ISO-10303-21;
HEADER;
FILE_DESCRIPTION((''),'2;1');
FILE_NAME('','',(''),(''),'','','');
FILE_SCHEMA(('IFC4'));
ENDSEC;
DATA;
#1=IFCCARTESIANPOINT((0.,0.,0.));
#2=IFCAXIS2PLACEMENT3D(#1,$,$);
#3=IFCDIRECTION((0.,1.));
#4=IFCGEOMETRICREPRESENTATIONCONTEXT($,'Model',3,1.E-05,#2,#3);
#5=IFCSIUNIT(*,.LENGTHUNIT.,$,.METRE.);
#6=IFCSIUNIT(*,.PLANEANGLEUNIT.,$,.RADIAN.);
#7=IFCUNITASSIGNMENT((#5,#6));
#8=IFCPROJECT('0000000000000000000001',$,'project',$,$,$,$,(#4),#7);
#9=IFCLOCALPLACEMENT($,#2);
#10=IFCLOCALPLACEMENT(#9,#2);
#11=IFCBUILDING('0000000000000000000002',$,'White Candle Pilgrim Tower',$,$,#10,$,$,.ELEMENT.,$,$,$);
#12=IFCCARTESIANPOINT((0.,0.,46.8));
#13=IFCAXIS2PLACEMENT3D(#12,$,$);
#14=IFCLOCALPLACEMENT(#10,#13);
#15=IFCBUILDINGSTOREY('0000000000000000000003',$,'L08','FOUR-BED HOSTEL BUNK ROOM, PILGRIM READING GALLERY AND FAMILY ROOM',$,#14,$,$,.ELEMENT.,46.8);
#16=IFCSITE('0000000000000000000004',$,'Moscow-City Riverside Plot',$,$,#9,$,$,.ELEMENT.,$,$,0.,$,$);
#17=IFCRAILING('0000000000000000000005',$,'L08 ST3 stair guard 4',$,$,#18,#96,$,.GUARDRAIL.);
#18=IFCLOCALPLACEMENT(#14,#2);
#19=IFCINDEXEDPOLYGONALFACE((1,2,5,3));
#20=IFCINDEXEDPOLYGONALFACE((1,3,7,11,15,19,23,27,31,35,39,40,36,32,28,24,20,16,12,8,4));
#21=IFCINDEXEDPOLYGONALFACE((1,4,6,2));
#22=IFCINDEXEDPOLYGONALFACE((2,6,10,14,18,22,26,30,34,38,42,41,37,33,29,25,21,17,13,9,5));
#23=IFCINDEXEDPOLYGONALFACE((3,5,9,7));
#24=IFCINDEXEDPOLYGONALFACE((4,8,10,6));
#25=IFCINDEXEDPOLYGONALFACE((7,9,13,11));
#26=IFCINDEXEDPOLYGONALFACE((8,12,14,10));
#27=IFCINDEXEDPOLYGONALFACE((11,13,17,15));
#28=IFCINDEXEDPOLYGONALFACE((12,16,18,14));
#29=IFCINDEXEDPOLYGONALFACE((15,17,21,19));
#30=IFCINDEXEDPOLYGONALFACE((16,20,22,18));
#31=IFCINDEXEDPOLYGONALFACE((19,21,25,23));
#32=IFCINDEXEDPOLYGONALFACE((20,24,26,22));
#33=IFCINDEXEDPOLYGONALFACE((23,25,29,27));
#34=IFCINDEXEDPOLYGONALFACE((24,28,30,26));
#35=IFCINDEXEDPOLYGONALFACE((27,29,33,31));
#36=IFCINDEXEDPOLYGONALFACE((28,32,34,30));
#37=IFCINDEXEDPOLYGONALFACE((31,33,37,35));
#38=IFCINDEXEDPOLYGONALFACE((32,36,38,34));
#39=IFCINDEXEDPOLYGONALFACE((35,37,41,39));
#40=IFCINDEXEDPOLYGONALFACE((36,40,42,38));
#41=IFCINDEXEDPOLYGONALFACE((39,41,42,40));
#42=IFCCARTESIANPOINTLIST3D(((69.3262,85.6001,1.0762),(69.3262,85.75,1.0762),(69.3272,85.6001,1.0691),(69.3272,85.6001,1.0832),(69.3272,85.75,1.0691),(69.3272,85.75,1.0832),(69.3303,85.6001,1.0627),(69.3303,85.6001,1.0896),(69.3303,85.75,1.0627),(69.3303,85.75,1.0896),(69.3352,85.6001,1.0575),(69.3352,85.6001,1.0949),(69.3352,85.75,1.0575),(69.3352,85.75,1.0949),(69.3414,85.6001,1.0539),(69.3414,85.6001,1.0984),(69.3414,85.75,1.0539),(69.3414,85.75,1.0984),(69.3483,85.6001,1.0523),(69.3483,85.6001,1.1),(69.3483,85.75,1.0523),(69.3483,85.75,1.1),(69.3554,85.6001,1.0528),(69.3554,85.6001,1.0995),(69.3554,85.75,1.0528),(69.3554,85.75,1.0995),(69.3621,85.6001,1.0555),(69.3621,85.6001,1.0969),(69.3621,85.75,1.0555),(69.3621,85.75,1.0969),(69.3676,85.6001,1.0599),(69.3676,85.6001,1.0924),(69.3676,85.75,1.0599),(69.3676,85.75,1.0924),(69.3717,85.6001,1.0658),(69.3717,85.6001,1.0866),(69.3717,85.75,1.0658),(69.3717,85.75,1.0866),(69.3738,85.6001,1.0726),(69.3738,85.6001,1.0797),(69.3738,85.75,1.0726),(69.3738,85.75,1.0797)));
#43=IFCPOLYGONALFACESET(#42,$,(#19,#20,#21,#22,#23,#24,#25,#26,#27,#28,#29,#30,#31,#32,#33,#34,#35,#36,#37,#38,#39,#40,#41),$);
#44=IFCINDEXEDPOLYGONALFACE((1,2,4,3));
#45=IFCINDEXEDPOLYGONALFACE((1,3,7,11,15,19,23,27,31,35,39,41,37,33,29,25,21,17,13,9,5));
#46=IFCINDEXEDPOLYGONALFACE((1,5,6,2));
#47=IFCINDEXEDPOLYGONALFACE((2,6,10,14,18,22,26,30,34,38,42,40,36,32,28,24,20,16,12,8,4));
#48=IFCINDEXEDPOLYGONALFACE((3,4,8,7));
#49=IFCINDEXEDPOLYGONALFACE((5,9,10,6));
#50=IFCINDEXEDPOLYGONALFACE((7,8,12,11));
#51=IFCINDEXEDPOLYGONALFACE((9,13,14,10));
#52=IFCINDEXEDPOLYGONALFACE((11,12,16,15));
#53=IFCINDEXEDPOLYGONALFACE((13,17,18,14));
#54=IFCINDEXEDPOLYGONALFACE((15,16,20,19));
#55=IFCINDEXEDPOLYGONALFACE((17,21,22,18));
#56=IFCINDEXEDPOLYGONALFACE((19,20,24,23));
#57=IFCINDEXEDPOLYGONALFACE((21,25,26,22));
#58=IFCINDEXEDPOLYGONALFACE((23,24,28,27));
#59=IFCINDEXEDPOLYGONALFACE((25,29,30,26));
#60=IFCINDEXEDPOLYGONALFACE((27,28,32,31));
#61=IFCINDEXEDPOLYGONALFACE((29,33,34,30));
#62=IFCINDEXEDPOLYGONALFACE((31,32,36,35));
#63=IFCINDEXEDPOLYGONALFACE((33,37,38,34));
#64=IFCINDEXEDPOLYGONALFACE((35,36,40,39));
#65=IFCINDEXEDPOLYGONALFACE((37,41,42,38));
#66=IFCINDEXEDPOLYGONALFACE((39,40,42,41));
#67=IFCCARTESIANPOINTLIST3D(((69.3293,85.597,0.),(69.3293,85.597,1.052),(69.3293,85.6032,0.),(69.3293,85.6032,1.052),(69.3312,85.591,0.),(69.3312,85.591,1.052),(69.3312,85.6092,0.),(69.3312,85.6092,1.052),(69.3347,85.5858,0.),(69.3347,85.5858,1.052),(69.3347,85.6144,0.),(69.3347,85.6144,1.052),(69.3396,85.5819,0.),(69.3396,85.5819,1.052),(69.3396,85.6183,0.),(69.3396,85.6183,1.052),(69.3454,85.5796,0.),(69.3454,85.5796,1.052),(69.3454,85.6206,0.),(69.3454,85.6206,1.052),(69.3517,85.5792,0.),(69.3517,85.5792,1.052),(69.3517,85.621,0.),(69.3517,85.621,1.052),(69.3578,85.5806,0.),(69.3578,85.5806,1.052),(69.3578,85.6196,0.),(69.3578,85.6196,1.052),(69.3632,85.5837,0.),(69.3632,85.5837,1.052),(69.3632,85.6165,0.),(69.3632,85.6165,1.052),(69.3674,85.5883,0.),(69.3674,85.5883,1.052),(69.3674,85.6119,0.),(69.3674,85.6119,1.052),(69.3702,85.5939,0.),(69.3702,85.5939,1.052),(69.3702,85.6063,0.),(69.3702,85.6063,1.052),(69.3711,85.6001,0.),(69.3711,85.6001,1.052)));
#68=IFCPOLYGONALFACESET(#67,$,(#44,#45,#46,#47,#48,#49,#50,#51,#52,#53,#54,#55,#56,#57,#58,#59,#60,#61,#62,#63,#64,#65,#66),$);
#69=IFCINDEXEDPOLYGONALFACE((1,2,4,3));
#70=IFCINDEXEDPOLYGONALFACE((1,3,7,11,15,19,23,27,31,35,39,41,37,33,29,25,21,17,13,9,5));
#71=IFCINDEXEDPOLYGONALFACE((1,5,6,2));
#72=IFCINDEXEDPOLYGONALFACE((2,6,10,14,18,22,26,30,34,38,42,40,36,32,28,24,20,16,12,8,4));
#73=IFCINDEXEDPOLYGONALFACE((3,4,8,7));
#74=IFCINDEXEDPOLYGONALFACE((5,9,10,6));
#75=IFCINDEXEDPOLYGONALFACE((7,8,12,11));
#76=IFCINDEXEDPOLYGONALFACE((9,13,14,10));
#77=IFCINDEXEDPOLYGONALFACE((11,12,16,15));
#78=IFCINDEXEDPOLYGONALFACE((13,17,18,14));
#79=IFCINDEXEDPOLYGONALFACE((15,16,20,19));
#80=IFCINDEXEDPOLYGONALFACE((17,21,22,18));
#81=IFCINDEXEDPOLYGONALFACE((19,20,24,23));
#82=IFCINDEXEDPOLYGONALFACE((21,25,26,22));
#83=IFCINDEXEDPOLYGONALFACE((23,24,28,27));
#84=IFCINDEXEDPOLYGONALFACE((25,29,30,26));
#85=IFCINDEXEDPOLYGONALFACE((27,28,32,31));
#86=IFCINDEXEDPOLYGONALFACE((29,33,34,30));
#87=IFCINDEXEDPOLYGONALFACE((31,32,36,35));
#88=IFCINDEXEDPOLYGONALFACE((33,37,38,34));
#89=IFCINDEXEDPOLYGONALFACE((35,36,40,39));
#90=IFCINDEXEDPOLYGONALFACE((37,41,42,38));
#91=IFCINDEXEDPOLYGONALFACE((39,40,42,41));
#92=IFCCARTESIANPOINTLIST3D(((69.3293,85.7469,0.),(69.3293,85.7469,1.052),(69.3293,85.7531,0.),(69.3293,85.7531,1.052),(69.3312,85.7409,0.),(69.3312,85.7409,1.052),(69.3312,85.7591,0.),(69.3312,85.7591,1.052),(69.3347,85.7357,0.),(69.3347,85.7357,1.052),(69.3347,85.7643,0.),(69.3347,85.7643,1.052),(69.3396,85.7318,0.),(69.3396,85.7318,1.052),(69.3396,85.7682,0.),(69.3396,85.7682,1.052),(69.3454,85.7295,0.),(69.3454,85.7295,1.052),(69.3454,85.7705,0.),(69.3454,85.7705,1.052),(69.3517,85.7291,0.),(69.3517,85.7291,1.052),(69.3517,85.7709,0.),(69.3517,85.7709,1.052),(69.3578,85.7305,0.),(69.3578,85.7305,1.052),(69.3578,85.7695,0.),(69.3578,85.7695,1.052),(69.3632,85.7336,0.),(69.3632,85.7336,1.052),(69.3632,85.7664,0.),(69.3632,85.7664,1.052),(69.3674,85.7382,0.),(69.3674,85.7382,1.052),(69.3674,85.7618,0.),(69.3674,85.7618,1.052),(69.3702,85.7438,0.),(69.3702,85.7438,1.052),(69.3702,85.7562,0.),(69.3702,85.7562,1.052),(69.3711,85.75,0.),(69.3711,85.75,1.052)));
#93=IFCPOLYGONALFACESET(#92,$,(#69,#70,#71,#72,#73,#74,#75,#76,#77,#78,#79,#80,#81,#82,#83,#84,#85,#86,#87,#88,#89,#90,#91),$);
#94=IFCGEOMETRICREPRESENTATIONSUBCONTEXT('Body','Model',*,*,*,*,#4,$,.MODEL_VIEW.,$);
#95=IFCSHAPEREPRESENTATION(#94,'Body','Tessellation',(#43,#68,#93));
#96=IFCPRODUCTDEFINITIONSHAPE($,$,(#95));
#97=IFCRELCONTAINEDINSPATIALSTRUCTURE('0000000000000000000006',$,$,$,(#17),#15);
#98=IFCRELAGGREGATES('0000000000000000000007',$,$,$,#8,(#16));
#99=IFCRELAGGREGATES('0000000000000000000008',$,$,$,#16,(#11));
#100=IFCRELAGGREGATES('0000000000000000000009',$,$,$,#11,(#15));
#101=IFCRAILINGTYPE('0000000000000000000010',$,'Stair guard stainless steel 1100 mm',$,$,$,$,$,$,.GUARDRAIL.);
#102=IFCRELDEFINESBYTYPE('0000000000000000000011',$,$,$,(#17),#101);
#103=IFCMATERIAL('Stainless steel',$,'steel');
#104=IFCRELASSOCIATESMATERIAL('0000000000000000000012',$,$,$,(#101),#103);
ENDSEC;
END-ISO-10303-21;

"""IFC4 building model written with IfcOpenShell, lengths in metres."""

from ifc_helpers import new_model, si_unit, direction, frame, origin, origin_2d, place, context, subcontext, project, spatial, circle, extrude, material, type_object, element, save


model = new_model("IFC4")

# Units and contexts
model_context = context("Model", 3, precision=1e-05, world=origin(), true_north=direction((0.0, 1.0)))
body_context = subcontext(model_context, "Body", "Model", "MODEL_VIEW")
ifc_project = project(units=[si_unit("LENGTHUNIT", "METRE"), si_unit("PLANEANGLEUNIT", "RADIAN")], contexts=[model_context])

# Site, building, storey
site_placement = place(None, origin())
site = spatial("IfcSite", under=ifc_project, at=site_placement, Name="Moscow-City Riverside Plot", CompositionType="ELEMENT", RefElevation=0.0)
building_placement = place(site_placement, origin())
building = spatial("IfcBuilding", under=site, at=building_placement, Name="White Candle Pilgrim Tower", CompositionType="ELEMENT")
storey_placement = place(building_placement, frame((0.0, 0.0, 46.8)))
storey = spatial("IfcBuildingStorey", under=building, at=storey_placement, Name="L08", Description="FOUR-BED HOSTEL BUNK ROOM, PILGRIM READING GALLERY AND FAMILY ROOM", CompositionType="ELEMENT", Elevation=46.8)

# Railing
ifc_material_1 = material(Name="Stainless steel", Category="steel")
railing_type_1 = type_object("IfcRailingType", Name="Stair guard stainless steel 1100 mm", PredefinedType="GUARDRAIL", material=ifc_material_1)
railing_1_placement = place(storey_placement, frame((69.3501, 85.6001, 0.0)))
element("IfcRailing", 1, at=railing_1_placement, inside=storey, type_object=railing_type_1, Name="L08 ST3 stair guard 4", PredefinedType="GUARDRAIL", context=body_context, shape_type="SweptSolid", body=[
    extrude(circle(Radius=0.0239, at=origin_2d()), frame((0.0, 0.0, 1.0762), z_axis=(0.0, 1.0, 0.0), x_axis=(-1.0, 0.0, 0.0)), (0.0, 0.0, 1.0), 0.1499),
    extrude(circle(Radius=0.021, at=origin_2d()), origin(), (0.0, 0.0, 1.0), 1.052),
    extrude(circle(Radius=0.021, at=origin_2d()), frame((0.0, 0.1499, 0.0)), (0.0, 0.0, 1.0), 1.052),
])

save(model, "model.ifc")
